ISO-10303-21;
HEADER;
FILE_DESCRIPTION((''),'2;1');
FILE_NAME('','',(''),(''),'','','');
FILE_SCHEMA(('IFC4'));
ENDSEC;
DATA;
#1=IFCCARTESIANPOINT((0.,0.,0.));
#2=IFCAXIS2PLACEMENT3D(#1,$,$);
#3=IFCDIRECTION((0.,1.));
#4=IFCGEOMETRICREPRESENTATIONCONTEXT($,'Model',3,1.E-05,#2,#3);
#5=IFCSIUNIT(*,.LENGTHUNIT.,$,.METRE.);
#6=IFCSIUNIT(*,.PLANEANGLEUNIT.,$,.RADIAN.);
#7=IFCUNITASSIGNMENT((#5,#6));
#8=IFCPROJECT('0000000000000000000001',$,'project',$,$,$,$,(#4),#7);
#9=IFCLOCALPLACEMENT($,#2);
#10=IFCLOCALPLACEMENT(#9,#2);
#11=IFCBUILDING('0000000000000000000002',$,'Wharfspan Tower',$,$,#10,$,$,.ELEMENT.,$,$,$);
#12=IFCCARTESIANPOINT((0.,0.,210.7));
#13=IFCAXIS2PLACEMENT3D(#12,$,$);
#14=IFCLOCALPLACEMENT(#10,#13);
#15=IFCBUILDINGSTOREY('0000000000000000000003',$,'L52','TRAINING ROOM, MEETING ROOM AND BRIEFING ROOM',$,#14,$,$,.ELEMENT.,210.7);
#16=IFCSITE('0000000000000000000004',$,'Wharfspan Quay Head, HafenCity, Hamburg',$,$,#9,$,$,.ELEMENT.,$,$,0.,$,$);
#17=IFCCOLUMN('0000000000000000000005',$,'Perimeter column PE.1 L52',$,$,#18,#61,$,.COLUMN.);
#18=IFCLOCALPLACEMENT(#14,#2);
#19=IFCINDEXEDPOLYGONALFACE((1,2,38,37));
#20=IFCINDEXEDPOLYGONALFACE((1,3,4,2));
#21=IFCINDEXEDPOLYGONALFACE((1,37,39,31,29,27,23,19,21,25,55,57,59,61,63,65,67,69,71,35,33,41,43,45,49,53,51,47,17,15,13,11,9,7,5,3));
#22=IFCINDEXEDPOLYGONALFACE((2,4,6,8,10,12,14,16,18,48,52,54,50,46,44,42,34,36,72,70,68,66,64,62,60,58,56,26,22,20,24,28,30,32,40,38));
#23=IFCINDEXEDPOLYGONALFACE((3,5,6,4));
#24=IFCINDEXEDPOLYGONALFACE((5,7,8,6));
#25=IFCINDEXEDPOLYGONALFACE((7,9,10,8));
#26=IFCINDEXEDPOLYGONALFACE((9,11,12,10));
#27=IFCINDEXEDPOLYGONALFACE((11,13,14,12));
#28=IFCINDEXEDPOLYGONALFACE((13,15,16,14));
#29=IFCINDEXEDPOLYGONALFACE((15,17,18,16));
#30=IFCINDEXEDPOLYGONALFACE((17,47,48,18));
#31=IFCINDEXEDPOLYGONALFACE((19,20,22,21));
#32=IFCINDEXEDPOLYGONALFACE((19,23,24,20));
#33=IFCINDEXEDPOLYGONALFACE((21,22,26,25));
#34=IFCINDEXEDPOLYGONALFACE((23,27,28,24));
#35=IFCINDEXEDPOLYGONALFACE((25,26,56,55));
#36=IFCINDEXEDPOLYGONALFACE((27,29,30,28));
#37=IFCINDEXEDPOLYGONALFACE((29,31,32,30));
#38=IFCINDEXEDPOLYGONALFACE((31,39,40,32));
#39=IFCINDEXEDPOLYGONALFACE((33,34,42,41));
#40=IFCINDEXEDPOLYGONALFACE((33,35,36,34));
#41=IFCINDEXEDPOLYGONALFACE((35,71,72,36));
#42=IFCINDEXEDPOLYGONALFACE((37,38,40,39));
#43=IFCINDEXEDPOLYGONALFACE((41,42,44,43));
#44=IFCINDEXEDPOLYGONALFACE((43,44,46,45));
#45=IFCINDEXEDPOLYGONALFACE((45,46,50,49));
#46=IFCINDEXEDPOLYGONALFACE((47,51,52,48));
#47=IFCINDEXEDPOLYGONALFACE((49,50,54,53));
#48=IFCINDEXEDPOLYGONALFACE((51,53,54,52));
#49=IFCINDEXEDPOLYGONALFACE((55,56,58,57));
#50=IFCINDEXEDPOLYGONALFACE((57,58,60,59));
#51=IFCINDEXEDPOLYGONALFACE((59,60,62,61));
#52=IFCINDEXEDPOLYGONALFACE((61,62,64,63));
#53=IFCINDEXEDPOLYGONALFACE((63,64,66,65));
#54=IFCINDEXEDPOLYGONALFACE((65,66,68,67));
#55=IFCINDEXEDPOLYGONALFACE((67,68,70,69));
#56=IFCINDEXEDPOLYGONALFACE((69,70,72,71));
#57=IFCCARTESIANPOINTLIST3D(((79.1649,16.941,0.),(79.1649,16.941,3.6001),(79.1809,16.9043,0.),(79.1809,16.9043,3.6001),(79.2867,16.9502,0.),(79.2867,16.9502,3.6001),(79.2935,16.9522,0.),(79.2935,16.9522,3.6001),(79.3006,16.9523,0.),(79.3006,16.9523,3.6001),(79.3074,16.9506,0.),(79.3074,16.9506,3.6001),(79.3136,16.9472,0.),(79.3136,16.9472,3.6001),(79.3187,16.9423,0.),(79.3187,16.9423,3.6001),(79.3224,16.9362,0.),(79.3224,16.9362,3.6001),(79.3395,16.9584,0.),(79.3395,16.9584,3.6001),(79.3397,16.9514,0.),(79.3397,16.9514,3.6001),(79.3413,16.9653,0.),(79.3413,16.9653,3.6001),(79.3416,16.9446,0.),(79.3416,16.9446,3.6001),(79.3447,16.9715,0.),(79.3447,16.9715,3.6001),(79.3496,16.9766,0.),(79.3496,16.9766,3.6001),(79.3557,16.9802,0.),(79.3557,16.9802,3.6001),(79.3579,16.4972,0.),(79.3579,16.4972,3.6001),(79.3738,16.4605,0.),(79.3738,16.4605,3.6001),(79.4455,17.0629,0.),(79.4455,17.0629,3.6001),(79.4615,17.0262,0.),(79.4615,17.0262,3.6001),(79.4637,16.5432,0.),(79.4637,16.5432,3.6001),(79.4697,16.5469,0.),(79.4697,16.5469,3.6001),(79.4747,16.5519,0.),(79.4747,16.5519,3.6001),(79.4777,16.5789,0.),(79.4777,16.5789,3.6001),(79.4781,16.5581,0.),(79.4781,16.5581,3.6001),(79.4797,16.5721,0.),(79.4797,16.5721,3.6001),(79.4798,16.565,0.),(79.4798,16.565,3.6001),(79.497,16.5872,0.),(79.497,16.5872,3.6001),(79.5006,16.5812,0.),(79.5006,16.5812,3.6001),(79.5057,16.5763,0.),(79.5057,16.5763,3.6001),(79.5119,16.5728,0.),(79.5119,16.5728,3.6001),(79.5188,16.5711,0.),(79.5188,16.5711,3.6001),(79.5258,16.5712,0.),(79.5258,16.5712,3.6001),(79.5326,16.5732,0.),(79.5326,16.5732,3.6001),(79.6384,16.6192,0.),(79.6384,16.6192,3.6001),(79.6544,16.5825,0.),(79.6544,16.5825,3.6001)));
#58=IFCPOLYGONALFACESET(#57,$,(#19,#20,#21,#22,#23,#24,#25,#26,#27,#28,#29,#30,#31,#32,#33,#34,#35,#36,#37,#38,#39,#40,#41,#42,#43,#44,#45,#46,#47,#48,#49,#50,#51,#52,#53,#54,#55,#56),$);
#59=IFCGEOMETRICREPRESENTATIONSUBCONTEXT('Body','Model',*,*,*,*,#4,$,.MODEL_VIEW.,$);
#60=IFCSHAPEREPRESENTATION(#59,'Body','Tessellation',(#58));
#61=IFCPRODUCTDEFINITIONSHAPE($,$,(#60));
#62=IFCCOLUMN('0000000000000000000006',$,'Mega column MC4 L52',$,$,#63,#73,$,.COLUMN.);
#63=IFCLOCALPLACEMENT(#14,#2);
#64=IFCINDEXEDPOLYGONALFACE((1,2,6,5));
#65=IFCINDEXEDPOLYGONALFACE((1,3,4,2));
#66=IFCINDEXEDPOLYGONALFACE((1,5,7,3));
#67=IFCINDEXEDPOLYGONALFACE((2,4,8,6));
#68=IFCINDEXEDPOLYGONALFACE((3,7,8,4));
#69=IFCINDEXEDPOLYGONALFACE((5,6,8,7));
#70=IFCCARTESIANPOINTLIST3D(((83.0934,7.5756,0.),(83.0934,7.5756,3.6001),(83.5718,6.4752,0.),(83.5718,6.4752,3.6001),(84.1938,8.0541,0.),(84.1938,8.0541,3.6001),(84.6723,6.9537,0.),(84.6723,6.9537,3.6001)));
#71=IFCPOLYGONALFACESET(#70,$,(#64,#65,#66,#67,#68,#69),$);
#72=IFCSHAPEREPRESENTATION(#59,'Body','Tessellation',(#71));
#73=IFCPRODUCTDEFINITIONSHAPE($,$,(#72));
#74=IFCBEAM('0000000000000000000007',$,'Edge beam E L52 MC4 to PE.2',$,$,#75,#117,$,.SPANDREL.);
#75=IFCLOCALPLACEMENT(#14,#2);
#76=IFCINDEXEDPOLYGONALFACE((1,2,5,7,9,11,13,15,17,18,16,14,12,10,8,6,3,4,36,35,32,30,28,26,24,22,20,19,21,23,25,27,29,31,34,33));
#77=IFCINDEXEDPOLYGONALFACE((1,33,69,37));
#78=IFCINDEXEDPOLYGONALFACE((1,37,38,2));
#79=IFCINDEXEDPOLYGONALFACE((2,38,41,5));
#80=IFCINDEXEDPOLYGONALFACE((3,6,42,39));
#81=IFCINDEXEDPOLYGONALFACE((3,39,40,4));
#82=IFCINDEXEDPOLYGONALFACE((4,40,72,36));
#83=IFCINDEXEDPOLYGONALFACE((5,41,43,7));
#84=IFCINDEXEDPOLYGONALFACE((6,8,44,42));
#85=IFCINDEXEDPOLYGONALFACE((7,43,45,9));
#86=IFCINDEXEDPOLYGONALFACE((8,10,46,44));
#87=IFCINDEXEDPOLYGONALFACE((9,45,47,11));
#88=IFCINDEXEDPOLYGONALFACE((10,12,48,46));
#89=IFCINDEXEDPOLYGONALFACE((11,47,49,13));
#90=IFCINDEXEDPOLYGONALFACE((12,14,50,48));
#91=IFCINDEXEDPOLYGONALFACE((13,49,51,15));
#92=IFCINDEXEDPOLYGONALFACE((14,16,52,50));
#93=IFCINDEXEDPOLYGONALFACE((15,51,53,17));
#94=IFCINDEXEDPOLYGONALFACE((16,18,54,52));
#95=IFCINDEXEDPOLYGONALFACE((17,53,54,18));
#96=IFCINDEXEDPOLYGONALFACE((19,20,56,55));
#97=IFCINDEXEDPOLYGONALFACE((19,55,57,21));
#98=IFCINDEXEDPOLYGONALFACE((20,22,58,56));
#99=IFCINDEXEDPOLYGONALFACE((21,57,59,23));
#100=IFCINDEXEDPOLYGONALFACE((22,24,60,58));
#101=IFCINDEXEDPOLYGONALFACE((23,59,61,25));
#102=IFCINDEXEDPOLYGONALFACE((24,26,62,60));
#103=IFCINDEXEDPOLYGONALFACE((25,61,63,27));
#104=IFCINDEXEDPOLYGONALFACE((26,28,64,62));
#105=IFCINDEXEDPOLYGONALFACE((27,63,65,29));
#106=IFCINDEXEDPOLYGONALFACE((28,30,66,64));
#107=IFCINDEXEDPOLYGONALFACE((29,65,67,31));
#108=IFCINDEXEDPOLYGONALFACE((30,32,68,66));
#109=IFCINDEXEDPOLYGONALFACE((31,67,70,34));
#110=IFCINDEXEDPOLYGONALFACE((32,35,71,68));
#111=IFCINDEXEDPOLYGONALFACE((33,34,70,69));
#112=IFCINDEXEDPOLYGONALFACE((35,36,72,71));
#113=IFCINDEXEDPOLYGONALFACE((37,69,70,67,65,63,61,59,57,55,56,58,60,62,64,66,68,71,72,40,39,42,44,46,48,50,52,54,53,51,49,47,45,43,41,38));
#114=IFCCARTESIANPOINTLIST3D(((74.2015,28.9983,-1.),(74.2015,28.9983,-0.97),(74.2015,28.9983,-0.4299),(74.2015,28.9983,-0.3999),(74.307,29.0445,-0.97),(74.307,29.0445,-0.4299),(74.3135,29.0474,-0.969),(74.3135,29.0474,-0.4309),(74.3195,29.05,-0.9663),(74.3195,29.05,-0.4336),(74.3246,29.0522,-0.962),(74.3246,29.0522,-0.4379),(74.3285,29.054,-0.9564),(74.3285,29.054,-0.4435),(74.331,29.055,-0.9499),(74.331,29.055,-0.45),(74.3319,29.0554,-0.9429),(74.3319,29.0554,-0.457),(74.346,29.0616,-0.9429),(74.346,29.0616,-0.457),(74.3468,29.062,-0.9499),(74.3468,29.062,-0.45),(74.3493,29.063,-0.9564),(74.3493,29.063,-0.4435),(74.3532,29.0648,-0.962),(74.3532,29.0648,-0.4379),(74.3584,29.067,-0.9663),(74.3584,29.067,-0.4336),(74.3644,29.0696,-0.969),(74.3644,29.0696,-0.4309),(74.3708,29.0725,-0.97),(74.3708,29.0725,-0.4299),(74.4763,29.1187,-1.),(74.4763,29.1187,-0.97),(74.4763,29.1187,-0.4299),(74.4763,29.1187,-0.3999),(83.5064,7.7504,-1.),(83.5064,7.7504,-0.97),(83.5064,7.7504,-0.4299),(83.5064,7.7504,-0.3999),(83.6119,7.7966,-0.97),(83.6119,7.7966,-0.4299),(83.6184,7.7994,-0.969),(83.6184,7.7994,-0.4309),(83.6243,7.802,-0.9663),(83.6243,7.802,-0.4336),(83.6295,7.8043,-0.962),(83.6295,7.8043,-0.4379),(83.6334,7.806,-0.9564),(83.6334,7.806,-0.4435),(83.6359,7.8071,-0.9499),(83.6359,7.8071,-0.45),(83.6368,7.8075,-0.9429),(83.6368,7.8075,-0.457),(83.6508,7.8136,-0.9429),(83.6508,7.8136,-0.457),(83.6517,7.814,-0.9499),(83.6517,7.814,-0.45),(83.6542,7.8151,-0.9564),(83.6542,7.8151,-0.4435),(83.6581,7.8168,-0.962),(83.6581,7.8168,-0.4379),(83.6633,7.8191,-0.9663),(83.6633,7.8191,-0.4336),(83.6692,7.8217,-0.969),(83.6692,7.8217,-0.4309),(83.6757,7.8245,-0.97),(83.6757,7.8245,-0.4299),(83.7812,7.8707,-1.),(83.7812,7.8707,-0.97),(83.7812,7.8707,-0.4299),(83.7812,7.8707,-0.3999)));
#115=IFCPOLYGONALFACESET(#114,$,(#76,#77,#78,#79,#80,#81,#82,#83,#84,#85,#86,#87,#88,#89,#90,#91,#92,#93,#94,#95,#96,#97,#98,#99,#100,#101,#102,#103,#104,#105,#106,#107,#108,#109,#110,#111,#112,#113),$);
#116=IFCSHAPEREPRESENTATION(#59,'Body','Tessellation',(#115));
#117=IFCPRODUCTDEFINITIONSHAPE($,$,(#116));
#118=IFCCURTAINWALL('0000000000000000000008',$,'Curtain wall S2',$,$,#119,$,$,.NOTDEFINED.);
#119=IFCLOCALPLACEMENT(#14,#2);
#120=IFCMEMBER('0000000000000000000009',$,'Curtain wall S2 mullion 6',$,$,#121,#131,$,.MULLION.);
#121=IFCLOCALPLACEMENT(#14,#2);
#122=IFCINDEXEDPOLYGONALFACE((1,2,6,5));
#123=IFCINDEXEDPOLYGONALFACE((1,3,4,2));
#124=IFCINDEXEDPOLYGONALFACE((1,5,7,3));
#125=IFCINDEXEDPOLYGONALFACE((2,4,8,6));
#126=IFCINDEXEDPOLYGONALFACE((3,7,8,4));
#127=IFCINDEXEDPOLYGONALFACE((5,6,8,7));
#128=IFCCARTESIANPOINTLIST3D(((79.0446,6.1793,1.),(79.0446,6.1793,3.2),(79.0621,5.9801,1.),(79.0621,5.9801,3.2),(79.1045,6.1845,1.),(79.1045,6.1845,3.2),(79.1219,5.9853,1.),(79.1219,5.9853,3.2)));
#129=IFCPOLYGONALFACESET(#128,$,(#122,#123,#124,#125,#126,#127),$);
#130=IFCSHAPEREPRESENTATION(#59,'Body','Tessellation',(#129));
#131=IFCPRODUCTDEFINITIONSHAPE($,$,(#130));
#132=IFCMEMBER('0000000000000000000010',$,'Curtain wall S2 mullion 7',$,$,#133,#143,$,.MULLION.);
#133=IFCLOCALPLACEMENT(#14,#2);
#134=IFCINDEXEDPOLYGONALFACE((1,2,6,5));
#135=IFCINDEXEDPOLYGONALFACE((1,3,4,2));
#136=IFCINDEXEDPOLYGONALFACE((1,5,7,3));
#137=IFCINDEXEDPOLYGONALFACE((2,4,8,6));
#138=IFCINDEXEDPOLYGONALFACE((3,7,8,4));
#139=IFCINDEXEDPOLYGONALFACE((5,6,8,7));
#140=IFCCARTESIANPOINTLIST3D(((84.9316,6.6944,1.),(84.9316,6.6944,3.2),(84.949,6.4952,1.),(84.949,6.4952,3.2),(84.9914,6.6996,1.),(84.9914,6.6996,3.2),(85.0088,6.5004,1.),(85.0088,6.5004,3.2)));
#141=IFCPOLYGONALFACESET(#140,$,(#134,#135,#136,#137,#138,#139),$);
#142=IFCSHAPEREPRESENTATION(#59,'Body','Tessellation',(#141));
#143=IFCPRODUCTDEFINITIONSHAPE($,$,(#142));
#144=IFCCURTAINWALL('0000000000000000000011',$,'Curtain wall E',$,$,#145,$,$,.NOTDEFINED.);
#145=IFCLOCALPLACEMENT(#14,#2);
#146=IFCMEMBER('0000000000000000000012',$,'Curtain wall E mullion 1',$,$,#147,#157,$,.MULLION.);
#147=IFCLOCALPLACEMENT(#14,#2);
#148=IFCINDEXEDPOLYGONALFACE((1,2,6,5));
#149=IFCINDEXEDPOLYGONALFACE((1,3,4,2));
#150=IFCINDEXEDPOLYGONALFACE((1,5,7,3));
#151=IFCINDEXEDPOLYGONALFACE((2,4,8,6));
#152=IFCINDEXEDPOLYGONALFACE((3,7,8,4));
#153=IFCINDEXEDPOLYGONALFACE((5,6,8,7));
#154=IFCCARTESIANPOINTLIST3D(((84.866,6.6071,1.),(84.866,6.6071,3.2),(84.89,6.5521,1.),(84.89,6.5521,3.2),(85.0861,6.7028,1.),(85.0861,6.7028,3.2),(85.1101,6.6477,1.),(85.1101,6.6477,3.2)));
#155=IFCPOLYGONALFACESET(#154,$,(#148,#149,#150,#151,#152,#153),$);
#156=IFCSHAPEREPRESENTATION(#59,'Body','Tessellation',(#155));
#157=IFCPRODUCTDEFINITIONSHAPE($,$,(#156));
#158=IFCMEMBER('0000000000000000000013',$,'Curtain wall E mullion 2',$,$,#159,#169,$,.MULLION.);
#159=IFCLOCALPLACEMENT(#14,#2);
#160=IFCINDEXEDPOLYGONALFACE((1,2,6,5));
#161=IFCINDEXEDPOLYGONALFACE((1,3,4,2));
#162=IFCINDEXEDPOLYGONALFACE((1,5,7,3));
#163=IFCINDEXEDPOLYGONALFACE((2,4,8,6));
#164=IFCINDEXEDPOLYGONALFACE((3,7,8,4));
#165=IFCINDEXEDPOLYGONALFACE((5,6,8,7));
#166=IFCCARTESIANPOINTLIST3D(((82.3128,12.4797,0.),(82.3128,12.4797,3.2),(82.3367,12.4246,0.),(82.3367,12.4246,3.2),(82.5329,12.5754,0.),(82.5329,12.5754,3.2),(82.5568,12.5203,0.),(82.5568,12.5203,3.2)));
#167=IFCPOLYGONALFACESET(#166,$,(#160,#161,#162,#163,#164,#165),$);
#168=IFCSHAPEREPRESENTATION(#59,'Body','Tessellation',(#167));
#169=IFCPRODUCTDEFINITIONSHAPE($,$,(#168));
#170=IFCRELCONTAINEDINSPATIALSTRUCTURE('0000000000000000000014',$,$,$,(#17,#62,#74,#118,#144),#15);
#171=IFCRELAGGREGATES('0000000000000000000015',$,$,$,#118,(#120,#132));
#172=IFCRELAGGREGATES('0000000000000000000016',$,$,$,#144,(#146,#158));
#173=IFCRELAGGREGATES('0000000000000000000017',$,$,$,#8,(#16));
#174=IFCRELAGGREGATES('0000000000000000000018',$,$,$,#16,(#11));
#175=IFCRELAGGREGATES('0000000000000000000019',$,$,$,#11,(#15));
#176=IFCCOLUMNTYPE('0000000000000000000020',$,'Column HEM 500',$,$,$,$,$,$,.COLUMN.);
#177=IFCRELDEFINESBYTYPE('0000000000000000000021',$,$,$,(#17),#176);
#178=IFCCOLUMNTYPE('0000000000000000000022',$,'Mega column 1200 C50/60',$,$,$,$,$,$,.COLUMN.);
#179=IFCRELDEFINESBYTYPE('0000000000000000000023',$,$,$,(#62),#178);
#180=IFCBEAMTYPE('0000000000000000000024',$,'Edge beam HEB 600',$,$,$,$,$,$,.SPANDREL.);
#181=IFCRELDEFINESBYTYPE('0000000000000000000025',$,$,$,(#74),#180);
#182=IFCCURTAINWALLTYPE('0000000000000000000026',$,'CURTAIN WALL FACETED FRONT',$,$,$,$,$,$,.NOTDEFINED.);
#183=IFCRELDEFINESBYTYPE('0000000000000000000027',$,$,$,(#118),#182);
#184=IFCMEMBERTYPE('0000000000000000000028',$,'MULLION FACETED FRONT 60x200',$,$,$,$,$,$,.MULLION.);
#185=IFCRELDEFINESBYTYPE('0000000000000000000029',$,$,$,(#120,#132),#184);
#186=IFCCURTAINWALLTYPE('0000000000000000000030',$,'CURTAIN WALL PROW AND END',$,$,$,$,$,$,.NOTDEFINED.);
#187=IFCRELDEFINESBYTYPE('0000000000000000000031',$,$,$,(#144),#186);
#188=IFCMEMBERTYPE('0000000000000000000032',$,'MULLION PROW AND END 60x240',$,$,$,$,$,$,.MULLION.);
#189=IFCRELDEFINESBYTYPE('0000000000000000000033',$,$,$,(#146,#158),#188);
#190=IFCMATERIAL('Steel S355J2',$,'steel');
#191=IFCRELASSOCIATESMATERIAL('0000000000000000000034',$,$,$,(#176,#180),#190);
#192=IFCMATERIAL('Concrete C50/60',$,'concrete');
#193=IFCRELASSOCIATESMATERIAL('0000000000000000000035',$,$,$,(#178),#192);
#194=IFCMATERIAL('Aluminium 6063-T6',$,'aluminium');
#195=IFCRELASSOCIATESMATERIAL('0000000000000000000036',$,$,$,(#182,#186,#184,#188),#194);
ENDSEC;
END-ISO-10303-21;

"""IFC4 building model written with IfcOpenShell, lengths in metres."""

from ifc_helpers import new_model, si_unit, direction, frame, origin, origin_2d, place, context, subcontext, project, spatial, rectangle, i_section, extrude, material, material_profile, profile_set, type_object, element, aggregate, save


model = new_model("IFC4")

# Units and contexts
model_context = context("Model", 3, precision=1e-05, world=origin(), true_north=direction((0.0, 1.0)))
body_context = subcontext(model_context, "Body", "Model", "MODEL_VIEW")
ifc_project = project(units=[si_unit("LENGTHUNIT", "METRE"), si_unit("PLANEANGLEUNIT", "RADIAN")], contexts=[model_context])

# Site, building, storey
site_placement = place(None, origin())
site = spatial("IfcSite", under=ifc_project, at=site_placement, Name="Wharfspan Quay Head, HafenCity, Hamburg", CompositionType="ELEMENT", RefElevation=0.0)
building_placement = place(site_placement, origin())
building = spatial("IfcBuilding", under=site, at=building_placement, Name="Wharfspan Tower", CompositionType="ELEMENT")
storey_placement = place(building_placement, frame((0.0, 0.0, 210.7)))
storey = spatial("IfcBuildingStorey", under=building, at=storey_placement, Name="L52", Description="TRAINING ROOM, MEETING ROOM AND BRIEFING ROOM", CompositionType="ELEMENT", Elevation=210.7)

# Columns
ifc_material_1 = material(Name="Steel S355J2", Category="steel")
ifc_material_profile_1 = material_profile(ifc_material_1, i_section(OverallWidth=0.3059, OverallDepth=0.5239, WebThickness=0.021, FlangeThickness=0.04, FilletRadius=0.0271, at=origin_2d()))
ifc_profile_set_1 = profile_set([ifc_material_profile_1], Name="Steel S355J2")
column_type_1 = type_object("IfcColumnType", Name="Column HEM 500", PredefinedType="COLUMN", material=ifc_profile_set_1)
column_1_placement = place(storey_placement, frame((79.4097, 16.7617, 0.0), z_axis=(0.0, 0.0, 1.0), x_axis=(0.917072, 0.398727, 0.0)))
element("IfcColumn", 1, at=column_1_placement, inside=storey, type_object=column_type_1, Name="Perimeter column PE.1 L52", PredefinedType="COLUMN", context=body_context, shape_type="SweptSolid", body=[
    extrude(i_section(OverallWidth=0.3059, OverallDepth=0.5239, WebThickness=0.021, FlangeThickness=0.04, FilletRadius=0.0271, at=origin_2d()), origin(), (0.0, 0.0, 1.0), 3.6001),
])
ifc_material_2 = material(Name="Concrete C50/60", Category="concrete")
ifc_material_profile_2 = material_profile(ifc_material_2, rectangle(XDim=1.2, YDim=1.2, at=origin_2d()))
ifc_profile_set_2 = profile_set([ifc_material_profile_2], Name="Concrete C50/60")
column_type_2 = type_object("IfcColumnType", Name="Mega column 1200 C50/60", PredefinedType="COLUMN", material=ifc_profile_set_2)
column_2_placement = place(storey_placement, frame((83.8828, 7.2646, 0.0), z_axis=(0.0, 0.0, 1.0), x_axis=(-0.398727, 0.917072, 0.0)))
element("IfcColumn", 2, at=column_2_placement, inside=storey, type_object=column_type_2, Name="Mega column MC4 L52", PredefinedType="COLUMN", context=body_context, shape_type="SweptSolid", body=[
    extrude(rectangle(XDim=1.2, YDim=1.2, at=origin_2d()), origin(), (0.0, 0.0, 1.0), 3.6001),
])

# Beam
ifc_material_profile_3 = material_profile(ifc_material_1, i_section(OverallWidth=0.3, OverallDepth=0.6001, WebThickness=0.0154, FlangeThickness=0.03, FilletRadius=0.0271, at=origin_2d()))
ifc_profile_set_3 = profile_set([ifc_material_profile_3], Name="Steel S355J2")
beam_type = type_object("IfcBeamType", Name="Edge beam HEB 600", PredefinedType="SPANDREL", material=ifc_profile_set_3)
beam_placement = place(storey_placement, frame((83.6438, 7.8105, -0.7), z_axis=(-0.401141, 0.916016, 0.0), x_axis=(-0.916016, -0.401141, 0.0)))
element("IfcBeam", 3, at=beam_placement, inside=storey, type_object=beam_type, Name="Edge beam E L52 MC4 to PE.2", PredefinedType="SPANDREL", context=body_context, shape_type="SweptSolid", body=[
    extrude(i_section(OverallWidth=0.3, OverallDepth=0.6001, WebThickness=0.0154, FlangeThickness=0.03, FilletRadius=0.0271, at=origin_2d()), origin(), (0.0, 0.0, 1.0), 23.196),
])

# Curtain walls, members
ifc_material_3 = material(Name="Aluminium 6063-T6", Category="aluminium")
curtain_wall_type_1 = type_object("IfcCurtainWallType", Name="CURTAIN WALL FACETED FRONT", PredefinedType="NOTDEFINED", material=ifc_material_3)
curtain_wall_1_placement = place(storey_placement, origin())
curtain_wall_1 = element("IfcCurtainWall", 4, at=curtain_wall_1_placement, inside=storey, type_object=curtain_wall_type_1, Name="Curtain wall S2", PredefinedType="NOTDEFINED")
ifc_material_profile_4 = material_profile(ifc_material_3, rectangle(XDim=0.2, YDim=0.0601, at=origin_2d()))
ifc_profile_set_4 = profile_set([ifc_material_profile_4], Name="Aluminium 6063-T6")
member_type_1 = type_object("IfcMemberType", Name="MULLION FACETED FRONT 60x200", PredefinedType="MULLION", material=ifc_profile_set_4)
member_1_placement = place(storey_placement, frame((79.0833, 6.0823, 1.0), z_axis=(0.0, 0.0, 1.0), x_axis=(-0.087156, 0.996197, 0.0)))
member_1 = element("IfcMember", 5, at=member_1_placement, type_object=member_type_1, Name="Curtain wall S2 mullion 6", PredefinedType="MULLION", context=body_context, shape_type="SweptSolid", body=[
    extrude(rectangle(XDim=0.2, YDim=0.0601, at=origin_2d()), origin(), (0.0, 0.0, 1.0), 2.2),
])
member_2_placement = place(storey_placement, frame((84.9702, 6.5974, 1.0), z_axis=(0.0, 0.0, 1.0), x_axis=(-0.087156, 0.996197, 0.0)))
member_2 = element("IfcMember", 6, at=member_2_placement, type_object=member_type_1, Name="Curtain wall S2 mullion 7", PredefinedType="MULLION", context=body_context, shape_type="SweptSolid", body=[
    extrude(rectangle(XDim=0.2, YDim=0.0601, at=origin_2d()), origin(), (0.0, 0.0, 1.0), 2.2),
])
curtain_wall_type_2 = type_object("IfcCurtainWallType", Name="CURTAIN WALL PROW AND END", PredefinedType="NOTDEFINED", material=ifc_material_3)
curtain_wall_2_placement = place(storey_placement, origin())
curtain_wall_2 = element("IfcCurtainWall", 7, at=curtain_wall_2_placement, inside=storey, type_object=curtain_wall_type_2, Name="Curtain wall E", PredefinedType="NOTDEFINED")
ifc_material_profile_5 = material_profile(ifc_material_3, rectangle(XDim=0.24, YDim=0.0601, at=origin_2d()))
ifc_profile_set_5 = profile_set([ifc_material_profile_5], Name="Aluminium 6063-T6")
member_type_2 = type_object("IfcMemberType", Name="MULLION PROW AND END 60x240", PredefinedType="MULLION", material=ifc_profile_set_5)
member_3_placement = place(storey_placement, frame((84.988, 6.6274, 1.0), z_axis=(0.0, 0.0, 1.0), x_axis=(-0.917072, -0.398727, 0.0)))
member_3 = element("IfcMember", 8, at=member_3_placement, type_object=member_type_2, Name="Curtain wall E mullion 1", PredefinedType="MULLION", context=body_context, shape_type="SweptSolid", body=[
    extrude(rectangle(XDim=0.24, YDim=0.0601, at=origin_2d()), origin(), (0.0, 0.0, 1.0), 2.2),
])
member_4_placement = place(storey_placement, frame((82.4348, 12.5, 0.0), z_axis=(0.0, 0.0, 1.0), x_axis=(-0.917072, -0.398727, 0.0)))
member_4 = element("IfcMember", 9, at=member_4_placement, type_object=member_type_2, Name="Curtain wall E mullion 2", PredefinedType="MULLION", context=body_context, shape_type="SweptSolid", body=[
    extrude(rectangle(XDim=0.24, YDim=0.0601, at=origin_2d()), origin(), (0.0, 0.0, 1.0), 3.2),
])

aggregate(curtain_wall_1, [member_1, member_2])
aggregate(curtain_wall_2, [member_3, member_4])

save(model, "model.ifc")
